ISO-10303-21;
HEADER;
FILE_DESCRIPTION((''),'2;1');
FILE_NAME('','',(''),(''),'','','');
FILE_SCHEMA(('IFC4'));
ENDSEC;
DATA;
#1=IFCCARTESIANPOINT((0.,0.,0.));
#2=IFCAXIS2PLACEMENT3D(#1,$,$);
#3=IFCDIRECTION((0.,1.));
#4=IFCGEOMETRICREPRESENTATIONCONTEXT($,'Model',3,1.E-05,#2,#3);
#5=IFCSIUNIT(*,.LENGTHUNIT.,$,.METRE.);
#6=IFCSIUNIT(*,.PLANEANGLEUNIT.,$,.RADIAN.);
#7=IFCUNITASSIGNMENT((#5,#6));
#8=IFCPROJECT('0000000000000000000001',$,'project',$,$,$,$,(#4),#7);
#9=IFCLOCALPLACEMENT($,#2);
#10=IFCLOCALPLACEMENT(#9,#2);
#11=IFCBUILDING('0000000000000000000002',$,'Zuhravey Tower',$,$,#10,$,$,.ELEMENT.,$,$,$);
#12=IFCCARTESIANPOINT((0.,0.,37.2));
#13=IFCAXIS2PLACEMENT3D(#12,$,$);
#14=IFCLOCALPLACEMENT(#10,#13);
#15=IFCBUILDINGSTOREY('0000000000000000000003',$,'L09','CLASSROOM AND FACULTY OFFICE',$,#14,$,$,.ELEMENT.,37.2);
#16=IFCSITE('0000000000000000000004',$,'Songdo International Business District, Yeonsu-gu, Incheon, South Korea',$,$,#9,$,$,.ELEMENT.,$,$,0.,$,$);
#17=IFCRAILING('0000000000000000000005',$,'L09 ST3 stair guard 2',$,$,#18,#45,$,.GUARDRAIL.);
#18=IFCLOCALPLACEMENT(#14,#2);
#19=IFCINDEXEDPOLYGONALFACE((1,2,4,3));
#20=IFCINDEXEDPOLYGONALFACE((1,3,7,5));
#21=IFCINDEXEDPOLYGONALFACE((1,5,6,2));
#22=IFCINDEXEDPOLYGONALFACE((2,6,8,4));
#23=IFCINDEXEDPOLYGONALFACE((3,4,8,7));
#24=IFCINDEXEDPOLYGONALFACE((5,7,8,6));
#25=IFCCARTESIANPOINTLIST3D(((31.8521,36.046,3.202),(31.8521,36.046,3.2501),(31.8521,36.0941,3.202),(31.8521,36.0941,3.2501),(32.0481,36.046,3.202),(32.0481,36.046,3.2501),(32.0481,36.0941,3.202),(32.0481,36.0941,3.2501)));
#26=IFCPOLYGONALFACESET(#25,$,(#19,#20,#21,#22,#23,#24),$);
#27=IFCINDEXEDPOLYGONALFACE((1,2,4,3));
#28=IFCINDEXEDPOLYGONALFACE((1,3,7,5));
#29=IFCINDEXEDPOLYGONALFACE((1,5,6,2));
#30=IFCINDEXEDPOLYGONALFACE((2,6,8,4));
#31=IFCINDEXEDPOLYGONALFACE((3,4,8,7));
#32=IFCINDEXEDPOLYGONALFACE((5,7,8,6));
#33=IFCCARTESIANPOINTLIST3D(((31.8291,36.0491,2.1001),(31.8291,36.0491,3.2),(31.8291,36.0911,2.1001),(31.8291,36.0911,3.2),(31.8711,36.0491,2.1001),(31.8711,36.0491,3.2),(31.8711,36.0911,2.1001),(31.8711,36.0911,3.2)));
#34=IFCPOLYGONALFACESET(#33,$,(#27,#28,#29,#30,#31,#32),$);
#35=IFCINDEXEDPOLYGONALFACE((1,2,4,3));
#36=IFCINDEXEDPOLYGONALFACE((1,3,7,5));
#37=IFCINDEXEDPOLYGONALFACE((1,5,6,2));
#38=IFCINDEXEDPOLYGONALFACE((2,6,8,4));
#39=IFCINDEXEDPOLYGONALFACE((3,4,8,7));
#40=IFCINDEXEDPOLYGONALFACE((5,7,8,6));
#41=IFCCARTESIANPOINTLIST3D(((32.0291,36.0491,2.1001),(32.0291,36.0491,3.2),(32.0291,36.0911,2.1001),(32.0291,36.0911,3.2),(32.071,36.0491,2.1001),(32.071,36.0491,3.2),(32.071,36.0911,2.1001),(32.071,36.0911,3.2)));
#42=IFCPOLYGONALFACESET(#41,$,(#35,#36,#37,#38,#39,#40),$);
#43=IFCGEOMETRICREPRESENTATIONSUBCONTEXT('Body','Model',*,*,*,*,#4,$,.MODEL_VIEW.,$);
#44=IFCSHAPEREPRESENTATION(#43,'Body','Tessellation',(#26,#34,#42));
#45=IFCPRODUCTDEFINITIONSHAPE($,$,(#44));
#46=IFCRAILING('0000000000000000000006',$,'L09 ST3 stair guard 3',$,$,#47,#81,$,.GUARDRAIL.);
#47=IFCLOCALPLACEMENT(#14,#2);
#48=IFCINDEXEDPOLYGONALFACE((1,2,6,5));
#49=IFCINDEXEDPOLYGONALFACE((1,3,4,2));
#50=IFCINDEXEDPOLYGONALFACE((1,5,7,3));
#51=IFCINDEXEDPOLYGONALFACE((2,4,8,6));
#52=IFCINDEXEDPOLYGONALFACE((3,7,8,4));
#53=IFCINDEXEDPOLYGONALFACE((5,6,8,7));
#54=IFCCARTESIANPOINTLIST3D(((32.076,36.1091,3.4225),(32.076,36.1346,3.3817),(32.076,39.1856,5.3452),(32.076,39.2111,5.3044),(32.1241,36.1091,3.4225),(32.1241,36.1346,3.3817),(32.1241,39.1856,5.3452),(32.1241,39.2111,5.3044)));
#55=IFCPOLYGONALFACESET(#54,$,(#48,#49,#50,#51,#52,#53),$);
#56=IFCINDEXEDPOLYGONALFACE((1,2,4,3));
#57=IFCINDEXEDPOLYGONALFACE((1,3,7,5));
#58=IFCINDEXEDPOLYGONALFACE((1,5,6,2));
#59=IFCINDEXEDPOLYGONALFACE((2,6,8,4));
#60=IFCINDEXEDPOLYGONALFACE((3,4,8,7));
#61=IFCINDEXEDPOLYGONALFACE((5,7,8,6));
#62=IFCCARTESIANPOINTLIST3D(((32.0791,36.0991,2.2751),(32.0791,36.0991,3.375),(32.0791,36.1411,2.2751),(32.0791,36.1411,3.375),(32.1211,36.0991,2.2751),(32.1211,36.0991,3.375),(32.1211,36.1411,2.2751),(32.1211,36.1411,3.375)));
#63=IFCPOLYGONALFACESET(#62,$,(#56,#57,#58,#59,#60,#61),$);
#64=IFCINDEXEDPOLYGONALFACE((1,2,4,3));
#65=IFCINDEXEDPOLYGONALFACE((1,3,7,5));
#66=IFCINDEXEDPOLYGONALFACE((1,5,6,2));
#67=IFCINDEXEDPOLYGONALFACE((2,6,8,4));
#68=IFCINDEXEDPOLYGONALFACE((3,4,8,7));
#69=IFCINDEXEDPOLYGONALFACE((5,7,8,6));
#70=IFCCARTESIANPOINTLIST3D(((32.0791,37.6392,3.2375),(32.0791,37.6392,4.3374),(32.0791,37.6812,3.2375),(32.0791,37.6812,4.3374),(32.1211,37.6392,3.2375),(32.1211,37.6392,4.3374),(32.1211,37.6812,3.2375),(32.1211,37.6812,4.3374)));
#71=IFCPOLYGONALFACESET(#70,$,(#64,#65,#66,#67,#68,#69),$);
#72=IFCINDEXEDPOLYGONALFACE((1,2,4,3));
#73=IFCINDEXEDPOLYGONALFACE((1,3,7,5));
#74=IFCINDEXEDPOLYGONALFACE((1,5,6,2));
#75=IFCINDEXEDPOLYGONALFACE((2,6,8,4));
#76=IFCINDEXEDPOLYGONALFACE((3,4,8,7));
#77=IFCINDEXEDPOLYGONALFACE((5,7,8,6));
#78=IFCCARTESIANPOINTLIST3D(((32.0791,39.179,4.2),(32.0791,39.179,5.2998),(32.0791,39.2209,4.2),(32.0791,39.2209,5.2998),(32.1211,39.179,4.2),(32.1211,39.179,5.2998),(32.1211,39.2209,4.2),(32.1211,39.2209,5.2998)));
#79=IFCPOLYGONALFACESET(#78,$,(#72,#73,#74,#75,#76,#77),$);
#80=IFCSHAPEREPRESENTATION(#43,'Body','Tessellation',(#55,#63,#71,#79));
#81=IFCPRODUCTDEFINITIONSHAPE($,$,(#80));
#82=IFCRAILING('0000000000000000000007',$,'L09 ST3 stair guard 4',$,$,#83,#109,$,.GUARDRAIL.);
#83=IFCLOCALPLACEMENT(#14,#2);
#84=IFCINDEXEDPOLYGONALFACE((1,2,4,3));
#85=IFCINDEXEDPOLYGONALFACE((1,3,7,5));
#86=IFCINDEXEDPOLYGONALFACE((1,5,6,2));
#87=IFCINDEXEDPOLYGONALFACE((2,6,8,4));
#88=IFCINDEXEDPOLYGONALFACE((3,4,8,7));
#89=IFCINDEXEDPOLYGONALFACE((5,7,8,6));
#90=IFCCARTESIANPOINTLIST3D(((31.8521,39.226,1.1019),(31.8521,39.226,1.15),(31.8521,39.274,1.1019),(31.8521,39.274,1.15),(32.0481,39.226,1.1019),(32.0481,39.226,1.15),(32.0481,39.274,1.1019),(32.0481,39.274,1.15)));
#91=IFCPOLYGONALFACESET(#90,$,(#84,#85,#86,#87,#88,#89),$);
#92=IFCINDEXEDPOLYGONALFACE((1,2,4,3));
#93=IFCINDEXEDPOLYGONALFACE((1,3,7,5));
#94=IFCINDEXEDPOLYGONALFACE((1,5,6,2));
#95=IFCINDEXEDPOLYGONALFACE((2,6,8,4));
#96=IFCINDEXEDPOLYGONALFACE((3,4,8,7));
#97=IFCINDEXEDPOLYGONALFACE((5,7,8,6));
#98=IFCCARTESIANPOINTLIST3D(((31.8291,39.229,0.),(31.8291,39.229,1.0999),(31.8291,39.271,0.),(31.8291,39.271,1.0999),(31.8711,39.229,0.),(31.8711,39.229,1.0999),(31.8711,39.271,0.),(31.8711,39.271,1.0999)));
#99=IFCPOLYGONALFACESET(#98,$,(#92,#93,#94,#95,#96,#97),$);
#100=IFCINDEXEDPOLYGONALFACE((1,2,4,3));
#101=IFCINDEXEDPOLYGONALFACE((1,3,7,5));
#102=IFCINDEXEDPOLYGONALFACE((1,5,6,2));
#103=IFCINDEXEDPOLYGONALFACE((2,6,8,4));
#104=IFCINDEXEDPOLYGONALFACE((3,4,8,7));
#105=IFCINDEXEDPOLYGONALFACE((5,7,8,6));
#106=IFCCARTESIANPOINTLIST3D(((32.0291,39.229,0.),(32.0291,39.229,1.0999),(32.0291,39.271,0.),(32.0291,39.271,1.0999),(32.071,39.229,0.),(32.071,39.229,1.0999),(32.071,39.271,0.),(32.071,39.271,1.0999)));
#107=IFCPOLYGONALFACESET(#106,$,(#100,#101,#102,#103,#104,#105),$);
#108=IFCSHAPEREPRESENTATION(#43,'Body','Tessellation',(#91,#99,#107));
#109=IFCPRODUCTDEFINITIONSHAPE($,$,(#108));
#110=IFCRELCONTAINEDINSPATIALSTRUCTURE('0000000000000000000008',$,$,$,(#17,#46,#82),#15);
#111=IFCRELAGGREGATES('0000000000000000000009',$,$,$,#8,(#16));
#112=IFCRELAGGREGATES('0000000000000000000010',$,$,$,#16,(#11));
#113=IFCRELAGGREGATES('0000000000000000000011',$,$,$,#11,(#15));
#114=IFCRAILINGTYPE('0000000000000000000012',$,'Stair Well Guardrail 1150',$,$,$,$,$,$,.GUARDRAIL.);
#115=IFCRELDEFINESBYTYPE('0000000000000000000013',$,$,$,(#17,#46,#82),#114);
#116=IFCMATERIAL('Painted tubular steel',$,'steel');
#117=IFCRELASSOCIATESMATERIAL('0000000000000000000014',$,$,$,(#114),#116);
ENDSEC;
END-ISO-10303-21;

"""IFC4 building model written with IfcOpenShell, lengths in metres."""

from ifc_helpers import new_model, si_unit, direction, frame, origin, origin_2d, place, context, subcontext, project, spatial, rectangle, extrude, material, type_object, element, save


model = new_model("IFC4")

# Units and contexts
model_context = context("Model", 3, precision=1e-05, world=origin(), true_north=direction((0.0, 1.0)))
body_context = subcontext(model_context, "Body", "Model", "MODEL_VIEW")
ifc_project = project(units=[si_unit("LENGTHUNIT", "METRE"), si_unit("PLANEANGLEUNIT", "RADIAN")], contexts=[model_context])

# Site, building, storey
site_placement = place(None, origin())
site = spatial("IfcSite", under=ifc_project, at=site_placement, Name="Songdo International Business District, Yeonsu-gu, Incheon, South Korea", CompositionType="ELEMENT", RefElevation=0.0)
building_placement = place(site_placement, origin())
building = spatial("IfcBuilding", under=site, at=building_placement, Name="Zuhravey Tower", CompositionType="ELEMENT")
storey_placement = place(building_placement, frame((0.0, 0.0, 37.2)))
storey = spatial("IfcBuildingStorey", under=building, at=storey_placement, Name="L09", Description="CLASSROOM AND FACULTY OFFICE", CompositionType="ELEMENT", Elevation=37.2)

# Railings
ifc_material_1 = material(Name="Painted tubular steel", Category="steel")
railing_type_1 = type_object("IfcRailingType", Name="Stair Well Guardrail 1150", PredefinedType="GUARDRAIL", material=ifc_material_1)
railing_1_placement = place(storey_placement, frame((31.8501, 36.0701, 2.1001)))
element("IfcRailing", 1, at=railing_1_placement, inside=storey, type_object=railing_type_1, Name="L09 ST3 stair guard 2", PredefinedType="GUARDRAIL", context=body_context, shape_type="SweptSolid", body=[
    extrude(rectangle(XDim=0.0481, YDim=0.0481, at=origin_2d()), frame((0.002, 0.0, 1.126), z_axis=(1.0, 0.0, 0.0), x_axis=(0.0, 1.0, 0.0)), (0.0, 0.0, 1.0), 0.196),
    extrude(rectangle(XDim=0.042, YDim=0.042, at=origin_2d()), origin(), (0.0, 0.0, 1.0), 1.0999),
    extrude(rectangle(XDim=0.042, YDim=0.042, at=origin_2d()), frame((0.2, 0.0, 0.0)), (0.0, 0.0, 1.0), 1.0999),
])
railing_2_placement = place(storey_placement, frame((32.1001, 36.1201, 2.2751)))
element("IfcRailing", 2, at=railing_2_placement, inside=storey, type_object=railing_type_1, Name="L09 ST3 stair guard 3", PredefinedType="GUARDRAIL", context=body_context, shape_type="SweptSolid", body=[
    extrude(rectangle(XDim=0.0481, YDim=0.0481, at=origin_2d()), frame((0.0, 0.0017, 1.127), z_axis=(0.0, 0.84801, 0.529981), x_axis=(-1.0, 0.0, 0.0)), (0.0, 0.0, 1.0), 3.6279),
    extrude(rectangle(XDim=0.042, YDim=0.042, at=origin_2d()), origin(), (0.0, 0.0, 1.0), 1.0999),
    extrude(rectangle(XDim=0.042, YDim=0.042, at=origin_2d()), frame((0.0, 1.54, 0.9624)), (0.0, 0.0, 1.0), 1.0999),
    extrude(rectangle(XDim=0.042, YDim=0.042, at=origin_2d()), frame((0.0, 3.0798, 1.9248)), (0.0, 0.0, 1.0), 1.0999),
])
railing_3_placement = place(storey_placement, frame((31.8501, 39.25, 0.0)))
element("IfcRailing", 3, at=railing_3_placement, inside=storey, type_object=railing_type_1, Name="L09 ST3 stair guard 4", PredefinedType="GUARDRAIL", context=body_context, shape_type="SweptSolid", body=[
    extrude(rectangle(XDim=0.0481, YDim=0.0481, at=origin_2d()), frame((0.002, 0.0, 1.126), z_axis=(1.0, 0.0, 0.0), x_axis=(0.0, 1.0, 0.0)), (0.0, 0.0, 1.0), 0.196),
    extrude(rectangle(XDim=0.042, YDim=0.042, at=origin_2d()), origin(), (0.0, 0.0, 1.0), 1.0999),
    extrude(rectangle(XDim=0.042, YDim=0.042, at=origin_2d()), frame((0.2, 0.0, 0.0)), (0.0, 0.0, 1.0), 1.0999),
])

save(model, "model.ifc")
